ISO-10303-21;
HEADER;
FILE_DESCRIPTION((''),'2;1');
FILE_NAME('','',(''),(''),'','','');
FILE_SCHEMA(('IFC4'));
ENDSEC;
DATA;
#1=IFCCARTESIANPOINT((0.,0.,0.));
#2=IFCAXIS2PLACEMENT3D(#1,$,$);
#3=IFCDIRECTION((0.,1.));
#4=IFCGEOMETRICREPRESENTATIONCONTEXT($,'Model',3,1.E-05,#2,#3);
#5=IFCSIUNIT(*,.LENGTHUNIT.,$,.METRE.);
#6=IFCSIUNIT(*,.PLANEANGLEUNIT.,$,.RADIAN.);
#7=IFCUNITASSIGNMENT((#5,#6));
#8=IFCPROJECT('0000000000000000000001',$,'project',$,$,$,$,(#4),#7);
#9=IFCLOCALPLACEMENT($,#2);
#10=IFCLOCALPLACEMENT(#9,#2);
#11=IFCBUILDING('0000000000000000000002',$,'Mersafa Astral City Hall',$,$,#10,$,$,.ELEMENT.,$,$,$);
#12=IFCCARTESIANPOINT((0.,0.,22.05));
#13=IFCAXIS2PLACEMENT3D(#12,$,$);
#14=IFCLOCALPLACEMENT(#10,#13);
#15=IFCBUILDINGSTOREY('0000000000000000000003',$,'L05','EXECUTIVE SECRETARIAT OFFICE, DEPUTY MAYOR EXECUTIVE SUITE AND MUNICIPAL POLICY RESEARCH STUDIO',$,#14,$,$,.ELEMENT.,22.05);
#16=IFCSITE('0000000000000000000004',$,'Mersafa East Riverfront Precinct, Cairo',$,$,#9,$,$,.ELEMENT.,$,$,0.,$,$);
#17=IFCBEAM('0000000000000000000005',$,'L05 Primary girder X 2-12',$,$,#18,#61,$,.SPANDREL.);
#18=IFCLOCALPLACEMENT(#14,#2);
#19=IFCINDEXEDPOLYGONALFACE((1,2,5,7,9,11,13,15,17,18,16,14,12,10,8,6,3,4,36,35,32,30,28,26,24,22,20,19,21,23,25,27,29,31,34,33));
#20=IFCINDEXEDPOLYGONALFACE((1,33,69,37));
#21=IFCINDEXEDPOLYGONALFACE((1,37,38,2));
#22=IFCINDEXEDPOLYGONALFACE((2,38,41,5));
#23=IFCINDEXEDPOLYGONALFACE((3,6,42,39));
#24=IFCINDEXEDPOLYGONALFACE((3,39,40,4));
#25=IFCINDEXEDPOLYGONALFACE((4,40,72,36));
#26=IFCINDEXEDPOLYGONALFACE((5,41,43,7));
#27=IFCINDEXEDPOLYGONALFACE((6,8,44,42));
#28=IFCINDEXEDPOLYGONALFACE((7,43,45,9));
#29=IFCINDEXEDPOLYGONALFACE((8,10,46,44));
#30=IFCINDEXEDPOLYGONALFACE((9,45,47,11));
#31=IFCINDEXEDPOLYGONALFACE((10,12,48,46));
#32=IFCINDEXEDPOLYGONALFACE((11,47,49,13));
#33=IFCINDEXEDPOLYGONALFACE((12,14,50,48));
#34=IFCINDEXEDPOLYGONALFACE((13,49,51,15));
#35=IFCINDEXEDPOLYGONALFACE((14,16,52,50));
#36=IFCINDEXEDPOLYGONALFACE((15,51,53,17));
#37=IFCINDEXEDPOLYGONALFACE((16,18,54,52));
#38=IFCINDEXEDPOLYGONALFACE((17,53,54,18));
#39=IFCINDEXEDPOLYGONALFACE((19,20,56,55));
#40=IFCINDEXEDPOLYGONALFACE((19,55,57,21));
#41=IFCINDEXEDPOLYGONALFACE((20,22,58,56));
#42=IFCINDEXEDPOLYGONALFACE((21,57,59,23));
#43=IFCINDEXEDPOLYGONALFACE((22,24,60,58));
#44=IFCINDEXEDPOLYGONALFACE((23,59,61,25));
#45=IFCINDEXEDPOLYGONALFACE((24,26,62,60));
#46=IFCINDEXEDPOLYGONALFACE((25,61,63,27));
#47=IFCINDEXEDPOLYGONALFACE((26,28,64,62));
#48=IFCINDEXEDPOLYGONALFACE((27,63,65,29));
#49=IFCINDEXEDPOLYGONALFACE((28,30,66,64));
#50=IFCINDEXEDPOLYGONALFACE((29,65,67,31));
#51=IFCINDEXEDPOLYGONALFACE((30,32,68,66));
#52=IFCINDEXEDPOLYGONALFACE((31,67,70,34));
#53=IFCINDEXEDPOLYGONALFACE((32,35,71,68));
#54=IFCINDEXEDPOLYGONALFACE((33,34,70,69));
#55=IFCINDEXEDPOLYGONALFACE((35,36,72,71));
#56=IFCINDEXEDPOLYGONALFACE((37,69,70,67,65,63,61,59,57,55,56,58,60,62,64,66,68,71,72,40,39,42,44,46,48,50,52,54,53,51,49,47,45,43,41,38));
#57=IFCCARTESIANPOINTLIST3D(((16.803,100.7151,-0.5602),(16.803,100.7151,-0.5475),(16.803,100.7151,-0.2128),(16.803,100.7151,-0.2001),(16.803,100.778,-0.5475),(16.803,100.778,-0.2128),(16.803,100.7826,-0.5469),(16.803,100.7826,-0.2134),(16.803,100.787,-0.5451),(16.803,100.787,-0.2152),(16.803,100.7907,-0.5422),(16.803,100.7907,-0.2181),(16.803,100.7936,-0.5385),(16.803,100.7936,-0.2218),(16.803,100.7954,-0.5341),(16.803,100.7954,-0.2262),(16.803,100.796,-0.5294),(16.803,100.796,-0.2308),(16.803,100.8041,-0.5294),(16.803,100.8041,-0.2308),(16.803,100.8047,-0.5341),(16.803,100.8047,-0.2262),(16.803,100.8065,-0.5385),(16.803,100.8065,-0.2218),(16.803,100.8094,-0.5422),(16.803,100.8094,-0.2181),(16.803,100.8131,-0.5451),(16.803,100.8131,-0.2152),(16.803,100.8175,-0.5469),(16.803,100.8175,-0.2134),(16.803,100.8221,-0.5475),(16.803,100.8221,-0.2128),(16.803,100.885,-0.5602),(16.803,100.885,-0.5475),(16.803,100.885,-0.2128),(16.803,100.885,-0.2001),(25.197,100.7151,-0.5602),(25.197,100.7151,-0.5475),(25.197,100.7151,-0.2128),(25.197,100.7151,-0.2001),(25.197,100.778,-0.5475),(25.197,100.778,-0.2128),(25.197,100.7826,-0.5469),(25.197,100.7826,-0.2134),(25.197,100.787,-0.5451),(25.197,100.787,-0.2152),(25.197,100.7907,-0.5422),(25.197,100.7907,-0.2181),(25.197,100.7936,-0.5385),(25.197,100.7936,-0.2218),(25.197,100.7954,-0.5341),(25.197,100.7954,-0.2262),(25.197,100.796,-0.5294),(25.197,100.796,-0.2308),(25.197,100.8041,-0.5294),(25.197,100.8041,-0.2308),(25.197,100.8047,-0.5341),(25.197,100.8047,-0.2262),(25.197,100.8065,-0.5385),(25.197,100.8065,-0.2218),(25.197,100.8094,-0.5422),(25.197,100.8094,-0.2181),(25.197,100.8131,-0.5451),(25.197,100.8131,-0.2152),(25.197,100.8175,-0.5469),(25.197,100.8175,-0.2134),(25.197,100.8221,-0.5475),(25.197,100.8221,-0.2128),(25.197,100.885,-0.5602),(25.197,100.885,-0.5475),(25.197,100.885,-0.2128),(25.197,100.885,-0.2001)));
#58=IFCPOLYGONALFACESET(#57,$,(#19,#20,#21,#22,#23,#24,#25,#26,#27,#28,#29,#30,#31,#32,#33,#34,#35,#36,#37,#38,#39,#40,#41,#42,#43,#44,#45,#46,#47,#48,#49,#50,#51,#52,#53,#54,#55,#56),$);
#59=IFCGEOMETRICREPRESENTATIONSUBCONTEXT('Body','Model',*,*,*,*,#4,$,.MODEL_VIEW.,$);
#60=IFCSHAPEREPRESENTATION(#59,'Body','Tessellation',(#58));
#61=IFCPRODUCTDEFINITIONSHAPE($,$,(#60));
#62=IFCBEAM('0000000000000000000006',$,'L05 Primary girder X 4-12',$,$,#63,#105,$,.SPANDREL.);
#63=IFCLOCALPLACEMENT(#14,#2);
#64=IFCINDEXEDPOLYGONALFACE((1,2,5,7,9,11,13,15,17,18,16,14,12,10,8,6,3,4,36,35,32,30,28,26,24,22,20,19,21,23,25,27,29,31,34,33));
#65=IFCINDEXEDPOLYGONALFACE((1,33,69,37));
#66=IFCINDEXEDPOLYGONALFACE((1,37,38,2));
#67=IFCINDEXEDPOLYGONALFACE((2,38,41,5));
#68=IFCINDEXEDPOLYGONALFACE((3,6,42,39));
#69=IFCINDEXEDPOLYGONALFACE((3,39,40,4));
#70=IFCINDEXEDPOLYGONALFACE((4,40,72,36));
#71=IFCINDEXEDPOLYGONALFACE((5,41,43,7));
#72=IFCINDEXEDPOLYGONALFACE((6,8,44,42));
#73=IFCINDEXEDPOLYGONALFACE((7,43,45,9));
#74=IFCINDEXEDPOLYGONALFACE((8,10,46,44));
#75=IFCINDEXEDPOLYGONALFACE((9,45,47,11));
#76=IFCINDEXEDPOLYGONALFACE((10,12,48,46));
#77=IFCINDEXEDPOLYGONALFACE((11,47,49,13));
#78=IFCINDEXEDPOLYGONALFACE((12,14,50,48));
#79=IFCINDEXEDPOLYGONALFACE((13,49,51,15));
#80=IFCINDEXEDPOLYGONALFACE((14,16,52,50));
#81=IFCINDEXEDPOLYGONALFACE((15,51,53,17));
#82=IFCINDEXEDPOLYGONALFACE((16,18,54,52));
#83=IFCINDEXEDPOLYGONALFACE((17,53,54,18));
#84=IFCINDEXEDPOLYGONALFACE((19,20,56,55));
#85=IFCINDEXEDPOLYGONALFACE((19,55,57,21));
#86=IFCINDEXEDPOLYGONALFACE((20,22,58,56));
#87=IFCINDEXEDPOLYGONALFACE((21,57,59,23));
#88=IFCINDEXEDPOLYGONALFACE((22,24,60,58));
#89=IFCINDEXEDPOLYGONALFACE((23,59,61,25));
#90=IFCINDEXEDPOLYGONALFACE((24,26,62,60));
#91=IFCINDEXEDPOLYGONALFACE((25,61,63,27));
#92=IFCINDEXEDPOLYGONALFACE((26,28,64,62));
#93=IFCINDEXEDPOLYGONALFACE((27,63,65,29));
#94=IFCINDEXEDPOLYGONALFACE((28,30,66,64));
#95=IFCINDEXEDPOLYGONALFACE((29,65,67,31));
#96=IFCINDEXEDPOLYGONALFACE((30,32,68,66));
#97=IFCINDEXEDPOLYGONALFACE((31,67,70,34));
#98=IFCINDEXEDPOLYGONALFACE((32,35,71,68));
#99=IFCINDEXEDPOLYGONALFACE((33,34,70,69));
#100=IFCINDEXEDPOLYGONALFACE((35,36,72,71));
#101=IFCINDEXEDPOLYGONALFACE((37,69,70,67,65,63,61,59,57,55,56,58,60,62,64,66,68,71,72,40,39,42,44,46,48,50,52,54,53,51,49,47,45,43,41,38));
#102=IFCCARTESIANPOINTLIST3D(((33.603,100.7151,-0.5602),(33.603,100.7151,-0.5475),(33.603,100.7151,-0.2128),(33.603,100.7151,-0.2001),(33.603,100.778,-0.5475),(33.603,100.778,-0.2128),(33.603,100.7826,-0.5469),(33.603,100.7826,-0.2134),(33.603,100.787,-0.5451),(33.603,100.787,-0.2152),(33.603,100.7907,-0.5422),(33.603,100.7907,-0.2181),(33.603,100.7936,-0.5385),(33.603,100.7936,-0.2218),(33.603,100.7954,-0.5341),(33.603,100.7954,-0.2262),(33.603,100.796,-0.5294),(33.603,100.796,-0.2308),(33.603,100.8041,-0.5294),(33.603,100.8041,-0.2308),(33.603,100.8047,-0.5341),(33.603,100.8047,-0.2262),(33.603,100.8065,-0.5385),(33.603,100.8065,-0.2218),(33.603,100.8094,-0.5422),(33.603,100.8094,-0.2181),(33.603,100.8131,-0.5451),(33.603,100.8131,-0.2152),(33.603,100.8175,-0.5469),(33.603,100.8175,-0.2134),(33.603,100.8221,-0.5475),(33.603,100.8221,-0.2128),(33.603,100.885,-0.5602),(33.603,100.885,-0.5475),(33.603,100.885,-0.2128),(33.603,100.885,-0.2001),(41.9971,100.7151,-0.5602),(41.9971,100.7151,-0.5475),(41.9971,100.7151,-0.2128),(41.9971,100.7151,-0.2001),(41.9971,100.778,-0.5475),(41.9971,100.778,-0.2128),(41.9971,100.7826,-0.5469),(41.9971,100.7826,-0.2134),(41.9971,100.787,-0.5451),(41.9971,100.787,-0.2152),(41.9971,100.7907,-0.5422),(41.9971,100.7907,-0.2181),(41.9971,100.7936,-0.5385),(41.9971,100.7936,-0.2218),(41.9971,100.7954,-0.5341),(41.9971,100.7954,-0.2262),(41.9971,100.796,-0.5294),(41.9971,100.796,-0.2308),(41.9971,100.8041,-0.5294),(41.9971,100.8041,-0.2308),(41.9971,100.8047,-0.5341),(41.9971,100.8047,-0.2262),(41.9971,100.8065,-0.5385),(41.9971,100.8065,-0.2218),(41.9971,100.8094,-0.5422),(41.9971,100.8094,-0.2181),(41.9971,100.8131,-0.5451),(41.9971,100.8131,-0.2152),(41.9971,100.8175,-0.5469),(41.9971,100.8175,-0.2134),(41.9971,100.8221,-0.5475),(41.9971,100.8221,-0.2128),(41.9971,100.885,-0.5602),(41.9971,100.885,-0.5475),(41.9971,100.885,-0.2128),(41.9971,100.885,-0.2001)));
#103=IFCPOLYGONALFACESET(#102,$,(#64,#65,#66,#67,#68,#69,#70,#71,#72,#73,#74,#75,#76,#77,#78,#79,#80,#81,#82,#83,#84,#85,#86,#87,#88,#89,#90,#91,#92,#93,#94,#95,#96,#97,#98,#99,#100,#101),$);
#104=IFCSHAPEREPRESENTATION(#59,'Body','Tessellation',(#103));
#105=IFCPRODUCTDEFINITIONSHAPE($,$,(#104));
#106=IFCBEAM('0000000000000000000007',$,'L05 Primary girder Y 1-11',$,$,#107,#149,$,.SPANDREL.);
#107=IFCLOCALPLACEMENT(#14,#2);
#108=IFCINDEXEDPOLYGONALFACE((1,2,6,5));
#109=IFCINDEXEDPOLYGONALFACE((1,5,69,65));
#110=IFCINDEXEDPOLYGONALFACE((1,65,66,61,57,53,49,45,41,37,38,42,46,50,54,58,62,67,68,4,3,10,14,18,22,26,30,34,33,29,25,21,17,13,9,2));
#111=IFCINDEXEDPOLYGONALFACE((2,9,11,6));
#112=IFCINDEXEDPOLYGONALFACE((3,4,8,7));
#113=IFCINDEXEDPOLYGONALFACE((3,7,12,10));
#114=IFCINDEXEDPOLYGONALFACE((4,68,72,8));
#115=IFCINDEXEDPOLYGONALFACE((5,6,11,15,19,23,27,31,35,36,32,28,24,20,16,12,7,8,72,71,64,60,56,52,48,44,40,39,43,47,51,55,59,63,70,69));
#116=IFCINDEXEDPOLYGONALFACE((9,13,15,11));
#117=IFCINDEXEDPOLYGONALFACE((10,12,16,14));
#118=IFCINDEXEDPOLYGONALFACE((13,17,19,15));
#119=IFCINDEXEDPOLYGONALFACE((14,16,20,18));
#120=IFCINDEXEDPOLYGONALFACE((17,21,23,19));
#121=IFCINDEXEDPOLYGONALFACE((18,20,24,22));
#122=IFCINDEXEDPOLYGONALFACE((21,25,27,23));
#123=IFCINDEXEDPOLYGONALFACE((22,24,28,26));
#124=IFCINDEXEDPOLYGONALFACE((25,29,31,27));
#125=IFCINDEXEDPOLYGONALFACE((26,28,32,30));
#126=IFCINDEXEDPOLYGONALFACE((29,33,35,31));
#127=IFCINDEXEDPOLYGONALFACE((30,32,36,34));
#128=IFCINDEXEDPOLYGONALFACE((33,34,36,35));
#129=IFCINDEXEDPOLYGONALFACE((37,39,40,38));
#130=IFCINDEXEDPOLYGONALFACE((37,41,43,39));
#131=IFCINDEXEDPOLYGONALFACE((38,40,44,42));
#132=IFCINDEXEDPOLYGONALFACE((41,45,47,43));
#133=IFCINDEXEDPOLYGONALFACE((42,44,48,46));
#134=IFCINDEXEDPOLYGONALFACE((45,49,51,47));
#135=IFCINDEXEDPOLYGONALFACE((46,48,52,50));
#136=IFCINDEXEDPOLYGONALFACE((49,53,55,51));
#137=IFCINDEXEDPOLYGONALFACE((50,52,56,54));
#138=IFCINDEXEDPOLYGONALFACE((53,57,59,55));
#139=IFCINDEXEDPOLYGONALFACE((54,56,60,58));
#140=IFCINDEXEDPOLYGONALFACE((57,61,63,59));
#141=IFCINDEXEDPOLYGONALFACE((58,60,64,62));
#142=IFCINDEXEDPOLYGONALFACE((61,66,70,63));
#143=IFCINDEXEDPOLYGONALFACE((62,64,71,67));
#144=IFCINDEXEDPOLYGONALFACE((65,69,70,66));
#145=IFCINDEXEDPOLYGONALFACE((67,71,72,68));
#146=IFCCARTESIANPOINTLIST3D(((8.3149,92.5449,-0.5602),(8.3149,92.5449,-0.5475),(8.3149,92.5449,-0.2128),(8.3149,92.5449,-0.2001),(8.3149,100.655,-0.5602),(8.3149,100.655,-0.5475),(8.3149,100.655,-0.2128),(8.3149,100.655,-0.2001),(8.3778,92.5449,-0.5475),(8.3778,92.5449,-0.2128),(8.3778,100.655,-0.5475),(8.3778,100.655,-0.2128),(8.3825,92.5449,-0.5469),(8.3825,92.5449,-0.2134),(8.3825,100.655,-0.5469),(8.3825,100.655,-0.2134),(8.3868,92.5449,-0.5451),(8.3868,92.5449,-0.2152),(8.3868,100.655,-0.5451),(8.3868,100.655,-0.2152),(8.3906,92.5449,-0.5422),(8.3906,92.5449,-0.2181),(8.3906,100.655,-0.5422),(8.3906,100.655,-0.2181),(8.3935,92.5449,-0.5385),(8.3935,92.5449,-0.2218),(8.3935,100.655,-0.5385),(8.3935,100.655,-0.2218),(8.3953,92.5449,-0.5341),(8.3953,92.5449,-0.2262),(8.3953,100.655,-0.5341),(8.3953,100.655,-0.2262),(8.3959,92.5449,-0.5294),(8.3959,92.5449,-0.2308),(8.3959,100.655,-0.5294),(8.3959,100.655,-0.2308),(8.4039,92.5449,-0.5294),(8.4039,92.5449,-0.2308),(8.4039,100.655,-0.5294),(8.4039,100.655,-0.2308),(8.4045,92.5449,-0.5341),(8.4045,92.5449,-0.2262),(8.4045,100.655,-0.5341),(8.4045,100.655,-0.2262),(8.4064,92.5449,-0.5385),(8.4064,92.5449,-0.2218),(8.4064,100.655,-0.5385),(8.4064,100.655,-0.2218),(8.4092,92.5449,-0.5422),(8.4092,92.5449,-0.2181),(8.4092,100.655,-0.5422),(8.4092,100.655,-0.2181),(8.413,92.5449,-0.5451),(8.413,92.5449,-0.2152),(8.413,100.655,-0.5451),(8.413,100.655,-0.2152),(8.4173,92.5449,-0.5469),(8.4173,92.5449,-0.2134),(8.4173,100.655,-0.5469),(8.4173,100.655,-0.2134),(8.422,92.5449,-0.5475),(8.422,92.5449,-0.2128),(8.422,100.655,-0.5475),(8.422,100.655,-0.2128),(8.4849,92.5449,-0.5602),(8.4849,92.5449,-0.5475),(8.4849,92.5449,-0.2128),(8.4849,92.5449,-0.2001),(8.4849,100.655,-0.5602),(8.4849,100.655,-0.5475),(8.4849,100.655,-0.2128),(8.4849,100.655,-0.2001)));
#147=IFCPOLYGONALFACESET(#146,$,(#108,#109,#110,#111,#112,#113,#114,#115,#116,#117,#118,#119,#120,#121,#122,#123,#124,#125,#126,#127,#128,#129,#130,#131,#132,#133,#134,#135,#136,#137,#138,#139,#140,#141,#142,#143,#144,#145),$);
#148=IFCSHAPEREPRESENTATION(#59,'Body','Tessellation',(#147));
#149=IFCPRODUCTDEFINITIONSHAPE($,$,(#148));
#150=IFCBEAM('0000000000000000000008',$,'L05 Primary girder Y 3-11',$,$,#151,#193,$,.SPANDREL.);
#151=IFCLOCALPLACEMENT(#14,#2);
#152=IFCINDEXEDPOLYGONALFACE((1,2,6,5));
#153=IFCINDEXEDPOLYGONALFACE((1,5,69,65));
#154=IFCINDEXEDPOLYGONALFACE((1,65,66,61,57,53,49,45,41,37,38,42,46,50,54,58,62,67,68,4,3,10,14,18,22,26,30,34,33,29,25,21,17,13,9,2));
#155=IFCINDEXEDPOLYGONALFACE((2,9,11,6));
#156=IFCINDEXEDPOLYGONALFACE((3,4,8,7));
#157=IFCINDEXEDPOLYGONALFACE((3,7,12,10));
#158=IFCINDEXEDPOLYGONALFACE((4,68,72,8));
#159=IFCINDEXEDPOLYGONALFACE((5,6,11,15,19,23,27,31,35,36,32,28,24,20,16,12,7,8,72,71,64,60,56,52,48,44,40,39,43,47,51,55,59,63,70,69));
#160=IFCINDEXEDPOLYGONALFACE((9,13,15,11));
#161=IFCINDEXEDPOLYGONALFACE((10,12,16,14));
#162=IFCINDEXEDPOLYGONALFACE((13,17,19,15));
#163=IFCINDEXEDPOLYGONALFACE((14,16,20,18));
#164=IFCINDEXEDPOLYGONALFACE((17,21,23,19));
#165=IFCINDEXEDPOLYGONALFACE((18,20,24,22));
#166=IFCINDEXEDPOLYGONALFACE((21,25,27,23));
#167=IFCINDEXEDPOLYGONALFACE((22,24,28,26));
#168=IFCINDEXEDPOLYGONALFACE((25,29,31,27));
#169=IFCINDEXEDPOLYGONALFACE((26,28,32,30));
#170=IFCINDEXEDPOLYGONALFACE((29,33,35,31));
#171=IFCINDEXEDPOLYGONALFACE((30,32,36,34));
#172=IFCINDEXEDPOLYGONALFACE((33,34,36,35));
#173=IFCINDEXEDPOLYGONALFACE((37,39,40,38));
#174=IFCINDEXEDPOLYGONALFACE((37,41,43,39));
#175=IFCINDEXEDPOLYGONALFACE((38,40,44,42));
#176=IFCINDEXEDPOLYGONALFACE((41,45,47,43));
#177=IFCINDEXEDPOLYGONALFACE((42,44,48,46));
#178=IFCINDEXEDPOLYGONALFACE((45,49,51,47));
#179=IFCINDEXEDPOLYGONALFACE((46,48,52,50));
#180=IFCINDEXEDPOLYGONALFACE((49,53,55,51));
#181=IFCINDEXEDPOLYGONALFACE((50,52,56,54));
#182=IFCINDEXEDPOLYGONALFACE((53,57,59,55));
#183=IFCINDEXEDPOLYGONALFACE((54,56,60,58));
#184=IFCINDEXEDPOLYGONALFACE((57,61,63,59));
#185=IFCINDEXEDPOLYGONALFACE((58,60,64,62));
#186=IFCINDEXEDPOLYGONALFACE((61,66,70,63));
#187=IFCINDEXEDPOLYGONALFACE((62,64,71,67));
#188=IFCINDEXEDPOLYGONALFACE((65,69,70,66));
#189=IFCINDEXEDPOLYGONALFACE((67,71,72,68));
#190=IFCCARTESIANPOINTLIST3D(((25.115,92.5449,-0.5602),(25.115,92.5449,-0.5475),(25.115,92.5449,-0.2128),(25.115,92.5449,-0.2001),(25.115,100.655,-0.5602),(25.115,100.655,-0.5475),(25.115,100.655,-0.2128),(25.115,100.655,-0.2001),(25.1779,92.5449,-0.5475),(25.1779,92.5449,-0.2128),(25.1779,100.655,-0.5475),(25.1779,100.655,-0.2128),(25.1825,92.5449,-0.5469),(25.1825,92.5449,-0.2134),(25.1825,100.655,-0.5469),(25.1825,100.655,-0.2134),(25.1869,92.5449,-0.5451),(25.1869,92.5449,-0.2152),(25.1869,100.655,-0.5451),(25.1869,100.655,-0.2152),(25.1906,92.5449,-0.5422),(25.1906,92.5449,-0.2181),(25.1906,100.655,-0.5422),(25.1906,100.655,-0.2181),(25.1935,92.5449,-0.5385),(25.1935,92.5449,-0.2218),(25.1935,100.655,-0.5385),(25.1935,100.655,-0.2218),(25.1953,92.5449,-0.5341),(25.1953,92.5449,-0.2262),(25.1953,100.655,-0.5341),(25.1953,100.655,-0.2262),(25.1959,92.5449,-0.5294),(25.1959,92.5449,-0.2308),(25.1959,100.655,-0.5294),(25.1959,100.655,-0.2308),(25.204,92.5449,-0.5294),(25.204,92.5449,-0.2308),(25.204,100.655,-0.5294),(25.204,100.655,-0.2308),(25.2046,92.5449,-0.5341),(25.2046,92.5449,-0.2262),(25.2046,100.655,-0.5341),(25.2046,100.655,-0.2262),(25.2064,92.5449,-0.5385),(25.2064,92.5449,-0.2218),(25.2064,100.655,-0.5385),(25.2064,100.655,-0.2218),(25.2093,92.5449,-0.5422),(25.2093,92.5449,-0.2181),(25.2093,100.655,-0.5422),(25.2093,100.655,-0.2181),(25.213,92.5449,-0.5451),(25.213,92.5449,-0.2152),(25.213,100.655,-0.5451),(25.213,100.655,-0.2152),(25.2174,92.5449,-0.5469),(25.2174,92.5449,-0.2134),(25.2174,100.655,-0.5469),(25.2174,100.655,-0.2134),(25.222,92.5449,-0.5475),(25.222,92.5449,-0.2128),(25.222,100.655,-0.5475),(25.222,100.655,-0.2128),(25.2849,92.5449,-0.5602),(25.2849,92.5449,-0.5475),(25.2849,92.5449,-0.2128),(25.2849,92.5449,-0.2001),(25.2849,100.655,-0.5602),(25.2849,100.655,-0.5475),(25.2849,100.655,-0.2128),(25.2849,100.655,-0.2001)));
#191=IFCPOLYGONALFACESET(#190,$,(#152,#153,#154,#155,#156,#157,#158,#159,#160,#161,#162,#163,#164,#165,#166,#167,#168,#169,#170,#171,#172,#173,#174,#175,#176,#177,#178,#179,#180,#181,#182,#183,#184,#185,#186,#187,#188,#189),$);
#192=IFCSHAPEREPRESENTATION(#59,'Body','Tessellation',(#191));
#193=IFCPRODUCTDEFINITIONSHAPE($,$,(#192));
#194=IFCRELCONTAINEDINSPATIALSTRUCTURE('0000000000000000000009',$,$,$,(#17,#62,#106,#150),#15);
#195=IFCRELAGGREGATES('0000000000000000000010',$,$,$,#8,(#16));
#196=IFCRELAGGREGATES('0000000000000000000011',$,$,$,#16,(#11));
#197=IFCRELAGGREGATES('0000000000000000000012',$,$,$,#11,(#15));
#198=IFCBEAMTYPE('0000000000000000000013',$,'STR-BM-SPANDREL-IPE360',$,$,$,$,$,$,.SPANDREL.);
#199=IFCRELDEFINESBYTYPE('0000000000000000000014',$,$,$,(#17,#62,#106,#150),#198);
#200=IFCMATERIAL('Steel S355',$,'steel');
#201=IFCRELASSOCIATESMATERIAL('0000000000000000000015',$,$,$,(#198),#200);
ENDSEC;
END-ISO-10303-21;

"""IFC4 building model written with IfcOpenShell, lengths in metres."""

from ifc_helpers import new_model, si_unit, direction, frame, origin, origin_2d, place, context, subcontext, project, spatial, i_section, extrude, material, material_profile, profile_set, type_object, element, save


model = new_model("IFC4")

# Units and contexts
model_context = context("Model", 3, precision=1e-05, world=origin(), true_north=direction((0.0, 1.0)))
body_context = subcontext(model_context, "Body", "Model", "MODEL_VIEW")
ifc_project = project(units=[si_unit("LENGTHUNIT", "METRE"), si_unit("PLANEANGLEUNIT", "RADIAN")], contexts=[model_context])

# Site, building, storey
site_placement = place(None, origin())
site = spatial("IfcSite", under=ifc_project, at=site_placement, Name="Mersafa East Riverfront Precinct, Cairo", CompositionType="ELEMENT", RefElevation=0.0)
building_placement = place(site_placement, origin())
building = spatial("IfcBuilding", under=site, at=building_placement, Name="Mersafa Astral City Hall", CompositionType="ELEMENT")
storey_placement = place(building_placement, frame((0.0, 0.0, 22.05)))
storey = spatial("IfcBuildingStorey", under=building, at=storey_placement, Name="L05", Description="EXECUTIVE SECRETARIAT OFFICE, DEPUTY MAYOR EXECUTIVE SUITE AND MUNICIPAL POLICY RESEARCH STUDIO", CompositionType="ELEMENT", Elevation=22.05)

# Beams
ifc_material = material(Name="Steel S355", Category="steel")
ifc_material_profile_1 = material_profile(ifc_material, i_section(OverallWidth=0.1699, OverallDepth=0.3601, WebThickness=0.0081, FlangeThickness=0.0127, FilletRadius=0.0181, at=origin_2d()), Name="IPE 360")
ifc_profile_set_1 = profile_set([ifc_material_profile_1], Name="Steel S355")
beam_type_1 = type_object("IfcBeamType", Name="STR-BM-SPANDREL-IPE360", PredefinedType="SPANDREL", material=ifc_profile_set_1)
for number, where, z_axis, x_axis, name in (
    (1, (16.803, 100.8, -0.3801), (1.0, 0.0, 0.0), (0.0, 1.0, 0.0), "L05 Primary girder X 2-12"),
    (2, (33.603, 100.8, -0.3801), (1.0, 0.0, 0.0), (0.0, 1.0, 0.0), "L05 Primary girder X 4-12"),
):
    element("IfcBeam", number, at=place(storey_placement, frame(where, z_axis=z_axis, x_axis=x_axis)), inside=storey, type_object=beam_type_1, Name=name, PredefinedType="SPANDREL", context=body_context, shape_type="SweptSolid", body=[
        extrude(i_section(OverallWidth=0.1699, OverallDepth=0.3601, WebThickness=0.0081, FlangeThickness=0.0127, FilletRadius=0.0181, at=origin_2d()), origin(), (0.0, 0.0, 1.0), 8.394),
    ])
for number, where, z_axis, x_axis, name in (
    (3, (8.3999, 92.5449, -0.3801), (0.0, 1.0, 0.0), (-1.0, 0.0, 0.0), "L05 Primary girder Y 1-11"),
    (4, (25.2, 92.5449, -0.3801), (0.0, 1.0, 0.0), (-1.0, 0.0, 0.0), "L05 Primary girder Y 3-11"),
):
    element("IfcBeam", number, at=place(storey_placement, frame(where, z_axis=z_axis, x_axis=x_axis)), inside=storey, type_object=beam_type_1, Name=name, PredefinedType="SPANDREL", context=body_context, shape_type="SweptSolid", body=[
        extrude(i_section(OverallWidth=0.1699, OverallDepth=0.3601, WebThickness=0.0081, FlangeThickness=0.0127, FilletRadius=0.0181, at=origin_2d()), origin(), (0.0, 0.0, 1.0), 8.1101),
    ])

save(model, "model.ifc")
